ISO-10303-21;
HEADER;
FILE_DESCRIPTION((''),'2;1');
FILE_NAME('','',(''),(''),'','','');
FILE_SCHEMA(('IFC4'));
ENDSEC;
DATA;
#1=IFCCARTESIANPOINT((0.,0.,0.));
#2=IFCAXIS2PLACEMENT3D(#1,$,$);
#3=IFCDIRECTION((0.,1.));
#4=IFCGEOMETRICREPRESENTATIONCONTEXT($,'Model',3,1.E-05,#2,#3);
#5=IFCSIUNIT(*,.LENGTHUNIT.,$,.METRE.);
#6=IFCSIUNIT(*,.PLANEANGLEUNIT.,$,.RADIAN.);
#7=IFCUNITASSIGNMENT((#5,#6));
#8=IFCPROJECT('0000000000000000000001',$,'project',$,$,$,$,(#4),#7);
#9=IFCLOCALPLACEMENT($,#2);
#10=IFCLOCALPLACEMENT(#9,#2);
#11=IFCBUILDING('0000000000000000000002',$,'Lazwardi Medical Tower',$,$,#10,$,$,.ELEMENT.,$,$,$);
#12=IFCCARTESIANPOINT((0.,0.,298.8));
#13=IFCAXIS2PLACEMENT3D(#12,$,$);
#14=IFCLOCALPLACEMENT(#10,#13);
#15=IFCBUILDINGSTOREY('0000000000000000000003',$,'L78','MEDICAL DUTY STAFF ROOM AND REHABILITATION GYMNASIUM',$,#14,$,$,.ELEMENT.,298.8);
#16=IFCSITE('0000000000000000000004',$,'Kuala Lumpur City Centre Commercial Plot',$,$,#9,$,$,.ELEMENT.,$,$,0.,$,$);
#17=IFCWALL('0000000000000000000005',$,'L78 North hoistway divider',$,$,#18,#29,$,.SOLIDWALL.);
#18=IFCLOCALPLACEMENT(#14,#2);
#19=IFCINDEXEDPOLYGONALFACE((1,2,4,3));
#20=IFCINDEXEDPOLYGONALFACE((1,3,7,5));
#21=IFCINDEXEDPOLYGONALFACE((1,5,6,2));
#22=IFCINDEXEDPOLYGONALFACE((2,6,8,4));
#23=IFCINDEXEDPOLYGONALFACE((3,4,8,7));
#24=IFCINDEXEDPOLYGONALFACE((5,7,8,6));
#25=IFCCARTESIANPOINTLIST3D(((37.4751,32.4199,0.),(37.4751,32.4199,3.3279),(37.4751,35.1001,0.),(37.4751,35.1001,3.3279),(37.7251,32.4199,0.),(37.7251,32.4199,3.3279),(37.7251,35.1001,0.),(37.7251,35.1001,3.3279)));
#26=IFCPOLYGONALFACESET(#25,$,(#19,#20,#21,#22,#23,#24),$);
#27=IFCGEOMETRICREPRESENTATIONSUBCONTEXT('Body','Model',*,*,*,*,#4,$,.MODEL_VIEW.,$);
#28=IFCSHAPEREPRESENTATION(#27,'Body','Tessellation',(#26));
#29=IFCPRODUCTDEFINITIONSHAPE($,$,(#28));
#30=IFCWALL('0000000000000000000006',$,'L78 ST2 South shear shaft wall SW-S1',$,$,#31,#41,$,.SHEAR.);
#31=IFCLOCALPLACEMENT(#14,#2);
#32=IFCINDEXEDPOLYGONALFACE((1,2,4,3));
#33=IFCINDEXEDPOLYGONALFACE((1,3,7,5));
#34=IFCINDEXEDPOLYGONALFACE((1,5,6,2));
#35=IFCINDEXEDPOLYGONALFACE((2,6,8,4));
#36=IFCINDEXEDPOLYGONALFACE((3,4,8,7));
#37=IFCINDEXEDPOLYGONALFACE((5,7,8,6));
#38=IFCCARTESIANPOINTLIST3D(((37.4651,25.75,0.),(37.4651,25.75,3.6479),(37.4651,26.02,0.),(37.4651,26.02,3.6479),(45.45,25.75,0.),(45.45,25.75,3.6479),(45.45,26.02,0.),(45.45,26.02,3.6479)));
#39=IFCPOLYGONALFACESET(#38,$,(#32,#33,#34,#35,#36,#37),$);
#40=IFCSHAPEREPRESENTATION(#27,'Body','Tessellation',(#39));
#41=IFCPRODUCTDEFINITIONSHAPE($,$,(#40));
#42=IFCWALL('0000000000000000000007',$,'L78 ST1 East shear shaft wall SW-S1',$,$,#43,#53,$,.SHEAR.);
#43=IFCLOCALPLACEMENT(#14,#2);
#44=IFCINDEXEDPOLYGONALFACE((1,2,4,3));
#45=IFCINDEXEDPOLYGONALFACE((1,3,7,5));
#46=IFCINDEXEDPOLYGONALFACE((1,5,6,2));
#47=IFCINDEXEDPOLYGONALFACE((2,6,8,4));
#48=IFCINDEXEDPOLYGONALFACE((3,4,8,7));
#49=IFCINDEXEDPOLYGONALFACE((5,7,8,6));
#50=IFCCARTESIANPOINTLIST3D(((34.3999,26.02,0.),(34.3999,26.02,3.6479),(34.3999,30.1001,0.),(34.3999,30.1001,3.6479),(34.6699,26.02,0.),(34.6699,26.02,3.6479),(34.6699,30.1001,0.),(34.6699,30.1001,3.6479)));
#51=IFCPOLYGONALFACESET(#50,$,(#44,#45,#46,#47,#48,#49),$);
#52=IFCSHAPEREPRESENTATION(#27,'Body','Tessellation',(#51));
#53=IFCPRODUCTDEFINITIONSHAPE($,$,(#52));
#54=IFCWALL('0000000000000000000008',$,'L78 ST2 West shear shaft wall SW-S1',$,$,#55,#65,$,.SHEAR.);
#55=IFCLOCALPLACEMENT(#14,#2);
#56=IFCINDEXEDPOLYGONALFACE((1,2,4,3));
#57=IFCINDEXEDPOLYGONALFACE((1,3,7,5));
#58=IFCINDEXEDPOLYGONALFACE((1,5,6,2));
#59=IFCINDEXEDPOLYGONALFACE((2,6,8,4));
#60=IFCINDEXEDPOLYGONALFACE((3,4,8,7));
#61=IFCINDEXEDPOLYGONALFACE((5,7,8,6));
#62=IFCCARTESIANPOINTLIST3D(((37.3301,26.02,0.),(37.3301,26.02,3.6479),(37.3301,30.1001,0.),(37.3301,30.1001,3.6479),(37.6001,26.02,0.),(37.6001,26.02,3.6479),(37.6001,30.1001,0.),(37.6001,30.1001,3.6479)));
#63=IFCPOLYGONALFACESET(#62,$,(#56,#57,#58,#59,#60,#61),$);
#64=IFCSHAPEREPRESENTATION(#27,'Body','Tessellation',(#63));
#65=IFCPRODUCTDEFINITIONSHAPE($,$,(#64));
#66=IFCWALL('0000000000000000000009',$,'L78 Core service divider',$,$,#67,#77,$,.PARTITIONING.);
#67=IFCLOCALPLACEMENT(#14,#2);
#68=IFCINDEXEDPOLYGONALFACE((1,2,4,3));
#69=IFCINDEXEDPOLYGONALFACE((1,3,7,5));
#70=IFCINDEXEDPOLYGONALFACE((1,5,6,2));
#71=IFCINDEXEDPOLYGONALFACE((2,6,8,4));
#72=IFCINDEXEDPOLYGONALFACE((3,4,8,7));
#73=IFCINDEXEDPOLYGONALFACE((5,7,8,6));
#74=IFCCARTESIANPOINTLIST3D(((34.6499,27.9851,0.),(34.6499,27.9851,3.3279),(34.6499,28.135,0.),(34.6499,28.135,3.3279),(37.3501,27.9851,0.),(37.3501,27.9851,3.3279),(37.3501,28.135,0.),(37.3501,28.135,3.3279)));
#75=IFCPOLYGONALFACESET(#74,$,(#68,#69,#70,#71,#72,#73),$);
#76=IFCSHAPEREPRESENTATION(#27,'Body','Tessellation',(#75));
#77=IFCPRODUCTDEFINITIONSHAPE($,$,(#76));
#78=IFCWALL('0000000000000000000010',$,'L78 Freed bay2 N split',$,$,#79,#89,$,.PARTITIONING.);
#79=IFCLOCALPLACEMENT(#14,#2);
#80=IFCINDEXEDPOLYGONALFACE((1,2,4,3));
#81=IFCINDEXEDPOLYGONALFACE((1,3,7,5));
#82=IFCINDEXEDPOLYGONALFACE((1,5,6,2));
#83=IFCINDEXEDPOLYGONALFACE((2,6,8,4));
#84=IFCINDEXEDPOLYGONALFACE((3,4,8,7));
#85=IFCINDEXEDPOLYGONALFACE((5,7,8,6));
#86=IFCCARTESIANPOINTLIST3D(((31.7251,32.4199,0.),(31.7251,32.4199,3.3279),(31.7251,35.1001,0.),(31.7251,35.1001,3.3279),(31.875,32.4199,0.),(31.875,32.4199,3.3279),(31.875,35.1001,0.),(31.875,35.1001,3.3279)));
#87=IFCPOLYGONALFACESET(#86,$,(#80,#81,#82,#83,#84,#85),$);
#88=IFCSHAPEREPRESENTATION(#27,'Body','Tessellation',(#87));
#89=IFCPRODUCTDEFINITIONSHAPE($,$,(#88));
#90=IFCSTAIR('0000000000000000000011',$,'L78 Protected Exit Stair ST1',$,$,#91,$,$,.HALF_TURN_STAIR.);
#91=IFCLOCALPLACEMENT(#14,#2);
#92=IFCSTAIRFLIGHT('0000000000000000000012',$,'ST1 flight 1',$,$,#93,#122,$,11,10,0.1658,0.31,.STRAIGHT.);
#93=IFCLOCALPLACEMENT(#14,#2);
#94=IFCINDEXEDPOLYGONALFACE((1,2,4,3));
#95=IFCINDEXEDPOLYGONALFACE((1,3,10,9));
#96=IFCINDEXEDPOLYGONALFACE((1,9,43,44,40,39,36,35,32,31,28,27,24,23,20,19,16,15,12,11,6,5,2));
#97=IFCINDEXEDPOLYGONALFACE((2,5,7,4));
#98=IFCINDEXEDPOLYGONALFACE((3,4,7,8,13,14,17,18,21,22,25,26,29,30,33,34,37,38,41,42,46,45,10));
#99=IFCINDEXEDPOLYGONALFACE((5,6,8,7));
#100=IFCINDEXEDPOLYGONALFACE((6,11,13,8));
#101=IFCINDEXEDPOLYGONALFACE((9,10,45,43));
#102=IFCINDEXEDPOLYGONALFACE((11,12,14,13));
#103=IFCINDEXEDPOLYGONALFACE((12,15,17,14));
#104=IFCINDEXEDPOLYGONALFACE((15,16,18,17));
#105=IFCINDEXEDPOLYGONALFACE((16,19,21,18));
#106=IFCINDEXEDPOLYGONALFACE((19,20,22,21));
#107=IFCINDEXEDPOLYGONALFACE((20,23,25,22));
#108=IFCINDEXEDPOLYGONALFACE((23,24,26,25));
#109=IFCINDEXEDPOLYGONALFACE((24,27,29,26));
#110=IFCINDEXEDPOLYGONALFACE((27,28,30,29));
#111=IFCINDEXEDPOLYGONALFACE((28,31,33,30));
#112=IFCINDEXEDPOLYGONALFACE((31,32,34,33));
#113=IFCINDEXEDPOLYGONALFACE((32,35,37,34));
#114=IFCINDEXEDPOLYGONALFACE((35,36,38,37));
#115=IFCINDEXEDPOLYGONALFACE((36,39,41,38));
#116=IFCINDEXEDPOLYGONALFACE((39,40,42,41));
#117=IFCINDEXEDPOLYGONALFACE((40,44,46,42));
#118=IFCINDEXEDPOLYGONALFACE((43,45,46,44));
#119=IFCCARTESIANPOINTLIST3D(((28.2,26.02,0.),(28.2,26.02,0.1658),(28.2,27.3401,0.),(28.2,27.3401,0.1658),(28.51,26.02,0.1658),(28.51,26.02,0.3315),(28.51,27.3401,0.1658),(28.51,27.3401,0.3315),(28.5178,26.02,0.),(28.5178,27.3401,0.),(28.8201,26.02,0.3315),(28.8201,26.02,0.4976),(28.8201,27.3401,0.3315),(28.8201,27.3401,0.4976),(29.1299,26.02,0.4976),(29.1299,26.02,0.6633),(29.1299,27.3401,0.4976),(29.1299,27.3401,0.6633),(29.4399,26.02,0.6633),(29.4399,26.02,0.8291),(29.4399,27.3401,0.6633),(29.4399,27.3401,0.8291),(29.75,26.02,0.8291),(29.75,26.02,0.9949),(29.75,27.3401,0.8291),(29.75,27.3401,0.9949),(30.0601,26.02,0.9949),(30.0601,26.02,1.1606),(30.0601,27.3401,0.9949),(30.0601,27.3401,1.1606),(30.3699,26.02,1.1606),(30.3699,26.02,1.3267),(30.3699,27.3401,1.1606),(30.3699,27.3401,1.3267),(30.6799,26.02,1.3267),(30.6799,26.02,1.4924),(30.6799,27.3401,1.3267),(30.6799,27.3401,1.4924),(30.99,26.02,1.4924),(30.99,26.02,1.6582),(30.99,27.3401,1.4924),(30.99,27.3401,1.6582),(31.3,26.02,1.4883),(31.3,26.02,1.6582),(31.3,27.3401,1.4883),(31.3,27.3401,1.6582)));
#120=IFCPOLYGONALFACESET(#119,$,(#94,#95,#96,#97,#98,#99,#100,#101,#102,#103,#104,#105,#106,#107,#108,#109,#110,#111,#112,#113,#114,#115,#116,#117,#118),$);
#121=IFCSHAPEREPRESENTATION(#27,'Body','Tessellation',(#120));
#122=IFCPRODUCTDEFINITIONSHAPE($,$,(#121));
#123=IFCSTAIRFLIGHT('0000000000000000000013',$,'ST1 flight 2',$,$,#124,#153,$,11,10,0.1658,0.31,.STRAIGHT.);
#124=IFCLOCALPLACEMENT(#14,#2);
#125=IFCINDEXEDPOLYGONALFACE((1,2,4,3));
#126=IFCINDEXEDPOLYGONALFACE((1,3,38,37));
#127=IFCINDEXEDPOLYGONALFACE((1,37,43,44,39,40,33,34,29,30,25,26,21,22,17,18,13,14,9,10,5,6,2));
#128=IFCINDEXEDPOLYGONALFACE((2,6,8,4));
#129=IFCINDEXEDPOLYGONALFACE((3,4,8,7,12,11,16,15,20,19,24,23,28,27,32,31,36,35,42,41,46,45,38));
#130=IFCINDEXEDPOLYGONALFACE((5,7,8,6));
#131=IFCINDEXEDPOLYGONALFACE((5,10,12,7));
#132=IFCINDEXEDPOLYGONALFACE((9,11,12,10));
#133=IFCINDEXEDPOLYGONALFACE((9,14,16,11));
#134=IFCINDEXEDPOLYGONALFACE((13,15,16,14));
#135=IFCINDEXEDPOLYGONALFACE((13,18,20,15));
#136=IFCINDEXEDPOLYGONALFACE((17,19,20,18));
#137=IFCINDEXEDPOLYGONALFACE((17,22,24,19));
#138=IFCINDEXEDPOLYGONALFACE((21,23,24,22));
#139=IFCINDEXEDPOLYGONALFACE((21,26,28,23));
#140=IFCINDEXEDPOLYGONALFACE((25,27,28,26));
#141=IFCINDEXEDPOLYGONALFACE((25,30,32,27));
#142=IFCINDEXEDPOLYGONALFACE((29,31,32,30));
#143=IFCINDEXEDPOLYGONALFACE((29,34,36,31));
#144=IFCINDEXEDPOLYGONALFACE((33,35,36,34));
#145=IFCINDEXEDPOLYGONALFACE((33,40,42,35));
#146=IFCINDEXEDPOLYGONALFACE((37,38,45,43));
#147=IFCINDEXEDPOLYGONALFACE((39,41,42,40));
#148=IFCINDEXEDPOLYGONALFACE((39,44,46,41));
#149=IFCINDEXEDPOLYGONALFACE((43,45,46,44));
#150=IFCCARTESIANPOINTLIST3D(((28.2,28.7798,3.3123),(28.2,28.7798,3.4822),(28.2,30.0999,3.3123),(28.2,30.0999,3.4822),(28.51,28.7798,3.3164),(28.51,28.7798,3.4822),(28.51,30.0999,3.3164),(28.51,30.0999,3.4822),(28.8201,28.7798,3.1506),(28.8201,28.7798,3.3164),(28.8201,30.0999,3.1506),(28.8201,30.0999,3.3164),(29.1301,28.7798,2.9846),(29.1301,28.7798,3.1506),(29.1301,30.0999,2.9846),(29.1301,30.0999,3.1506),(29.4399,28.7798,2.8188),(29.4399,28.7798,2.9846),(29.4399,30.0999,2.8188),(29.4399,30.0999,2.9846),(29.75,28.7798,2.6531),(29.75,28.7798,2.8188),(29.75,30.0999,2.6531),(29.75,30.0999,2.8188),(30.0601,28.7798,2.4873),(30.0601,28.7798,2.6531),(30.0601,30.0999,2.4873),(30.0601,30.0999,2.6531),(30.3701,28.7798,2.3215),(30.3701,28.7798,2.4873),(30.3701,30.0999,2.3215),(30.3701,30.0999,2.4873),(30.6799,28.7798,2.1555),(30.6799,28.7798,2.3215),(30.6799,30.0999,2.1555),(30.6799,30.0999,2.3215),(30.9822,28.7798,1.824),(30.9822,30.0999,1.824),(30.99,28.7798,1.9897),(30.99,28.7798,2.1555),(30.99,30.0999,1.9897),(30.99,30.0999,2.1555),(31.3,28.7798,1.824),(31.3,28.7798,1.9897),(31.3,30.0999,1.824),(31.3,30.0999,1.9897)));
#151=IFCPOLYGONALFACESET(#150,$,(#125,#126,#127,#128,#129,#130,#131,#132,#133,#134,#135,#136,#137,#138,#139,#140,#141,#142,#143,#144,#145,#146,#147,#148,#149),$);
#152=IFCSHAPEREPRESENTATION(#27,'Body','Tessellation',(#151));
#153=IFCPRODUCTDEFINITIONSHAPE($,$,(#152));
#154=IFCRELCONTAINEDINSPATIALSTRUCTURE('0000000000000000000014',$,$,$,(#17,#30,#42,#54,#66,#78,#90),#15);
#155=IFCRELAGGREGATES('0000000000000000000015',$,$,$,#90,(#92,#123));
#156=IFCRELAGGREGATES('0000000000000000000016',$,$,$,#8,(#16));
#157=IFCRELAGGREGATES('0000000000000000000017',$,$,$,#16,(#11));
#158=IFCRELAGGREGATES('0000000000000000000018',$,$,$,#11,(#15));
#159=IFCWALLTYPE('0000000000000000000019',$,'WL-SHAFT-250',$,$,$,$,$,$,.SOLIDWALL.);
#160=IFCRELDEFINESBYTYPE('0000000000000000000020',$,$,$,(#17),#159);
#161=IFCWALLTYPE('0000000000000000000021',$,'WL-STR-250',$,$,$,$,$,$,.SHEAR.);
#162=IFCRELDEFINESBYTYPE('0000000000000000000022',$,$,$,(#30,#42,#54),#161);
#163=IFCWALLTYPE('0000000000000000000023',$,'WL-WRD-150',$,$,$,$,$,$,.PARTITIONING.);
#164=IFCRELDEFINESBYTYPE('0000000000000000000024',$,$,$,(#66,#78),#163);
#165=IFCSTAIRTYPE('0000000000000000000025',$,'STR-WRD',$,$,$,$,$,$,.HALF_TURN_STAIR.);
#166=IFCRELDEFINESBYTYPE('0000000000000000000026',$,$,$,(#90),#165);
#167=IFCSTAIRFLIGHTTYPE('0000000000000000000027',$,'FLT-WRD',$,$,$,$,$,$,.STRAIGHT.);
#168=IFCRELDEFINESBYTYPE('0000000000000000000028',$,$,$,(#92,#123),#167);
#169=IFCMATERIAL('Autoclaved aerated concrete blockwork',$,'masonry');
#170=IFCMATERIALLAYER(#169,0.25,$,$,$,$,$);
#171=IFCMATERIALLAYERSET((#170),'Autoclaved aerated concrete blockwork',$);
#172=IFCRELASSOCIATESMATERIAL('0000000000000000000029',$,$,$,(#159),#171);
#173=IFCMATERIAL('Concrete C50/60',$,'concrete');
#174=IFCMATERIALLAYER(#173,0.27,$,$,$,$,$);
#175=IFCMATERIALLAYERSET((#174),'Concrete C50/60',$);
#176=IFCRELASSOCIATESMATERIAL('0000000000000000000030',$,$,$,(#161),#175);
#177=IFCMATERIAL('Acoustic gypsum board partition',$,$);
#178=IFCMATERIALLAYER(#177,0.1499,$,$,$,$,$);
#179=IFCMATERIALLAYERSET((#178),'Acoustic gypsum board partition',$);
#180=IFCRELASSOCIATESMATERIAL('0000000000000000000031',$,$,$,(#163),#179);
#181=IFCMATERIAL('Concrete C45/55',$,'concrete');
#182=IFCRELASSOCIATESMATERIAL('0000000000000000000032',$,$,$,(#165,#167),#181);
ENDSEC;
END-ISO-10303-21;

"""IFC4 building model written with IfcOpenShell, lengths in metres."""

from ifc_helpers import new_model, si_unit, direction, frame, frame_2d, origin, place, context, subcontext, project, spatial, polyline, rectangle, outline, extrude, material, layer, layer_set, type_object, element, aggregate, save


model = new_model("IFC4")

# Units and contexts
model_context = context("Model", 3, precision=1e-05, world=origin(), true_north=direction((0.0, 1.0)))
body_context = subcontext(model_context, "Body", "Model", "MODEL_VIEW")
ifc_project = project(units=[si_unit("LENGTHUNIT", "METRE"), si_unit("PLANEANGLEUNIT", "RADIAN")], contexts=[model_context])

# Site, building, storey
site_placement = place(None, origin())
site = spatial("IfcSite", under=ifc_project, at=site_placement, Name="Kuala Lumpur City Centre Commercial Plot", CompositionType="ELEMENT", RefElevation=0.0)
building_placement = place(site_placement, origin())
building = spatial("IfcBuilding", under=site, at=building_placement, Name="Lazwardi Medical Tower", CompositionType="ELEMENT")
storey_placement = place(building_placement, frame((0.0, 0.0, 298.8)))
storey = spatial("IfcBuildingStorey", under=building, at=storey_placement, Name="L78", Description="MEDICAL DUTY STAFF ROOM AND REHABILITATION GYMNASIUM", CompositionType="ELEMENT", Elevation=298.8)

# Wall
ifc_material_1 = material(Name="Autoclaved aerated concrete blockwork", Category="masonry")
ifc_layer_1 = layer(ifc_material_1, 0.25)
ifc_layer_set_1 = layer_set([ifc_layer_1], Name="Autoclaved aerated concrete blockwork")
wall_type_1 = type_object("IfcWallType", Name="WL-SHAFT-250", PredefinedType="SOLIDWALL", material=ifc_layer_set_1)
wall_1_placement = place(storey_placement, frame((37.6001, 32.4199, 0.0), z_axis=(0.0, 0.0, 1.0), x_axis=(0.0, 1.0, 0.0)))
element("IfcWall", 1, at=wall_1_placement, inside=storey, type_object=wall_type_1, Name="L78 North hoistway divider", PredefinedType="SOLIDWALL", context=body_context, shape_type="SweptSolid", body=[
    extrude(rectangle(XDim=2.6802, YDim=0.25, at=frame_2d((1.3401, 0.0))), origin(), (0.0, 0.0, 1.0), 3.3279),
])

# Shared definitions
ifc_material_2 = material(Name="Concrete C50/60", Category="concrete")
ifc_layer_2 = layer(ifc_material_2, 0.27)
ifc_layer_set_2 = layer_set([ifc_layer_2], Name="Concrete C50/60")
wall_type_2 = type_object("IfcWallType", Name="WL-STR-250", PredefinedType="SHEAR", material=ifc_layer_set_2)

# Walls
wall_2_placement = place(storey_placement, frame((37.4651, 25.885, 0.0), z_axis=(0.0, 0.0, 1.0), x_axis=(1.0, 0.0, 0.0)))
element("IfcWall", 2, at=wall_2_placement, inside=storey, type_object=wall_type_2, Name="L78 ST2 South shear shaft wall SW-S1", PredefinedType="SHEAR", context=body_context, shape_type="SweptSolid", body=[
    extrude(rectangle(XDim=7.9849, YDim=0.27, at=frame_2d((3.9924, 0.0))), origin(), (0.0, 0.0, 1.0), 3.6479),
])
for number, where, z_axis, x_axis, name in (
    (3, (34.5349, 26.02, 0.0), (0.0, 0.0, 1.0), (0.0, 1.0, 0.0), "L78 ST1 East shear shaft wall SW-S1"),
    (4, (37.4651, 26.02, 0.0), (0.0, 0.0, 1.0), (0.0, 1.0, 0.0), "L78 ST2 West shear shaft wall SW-S1"),
):
    element("IfcWall", number, at=place(storey_placement, frame(where, z_axis=z_axis, x_axis=x_axis)), inside=storey, type_object=wall_type_2, Name=name, PredefinedType="SHEAR", context=body_context, shape_type="SweptSolid", body=[
        extrude(rectangle(XDim=4.0801, YDim=0.27, at=frame_2d((2.04, 0.0))), origin(), (0.0, 0.0, 1.0), 3.6479),
    ])
ifc_material_3 = material(Name="Acoustic gypsum board partition")
ifc_layer_3 = layer(ifc_material_3, 0.1499)
ifc_layer_set_3 = layer_set([ifc_layer_3], Name="Acoustic gypsum board partition")
wall_type_3 = type_object("IfcWallType", Name="WL-WRD-150", PredefinedType="PARTITIONING", material=ifc_layer_set_3)
wall_3_placement = place(storey_placement, frame((34.6499, 28.0601, 0.0), z_axis=(0.0, 0.0, 1.0), x_axis=(1.0, 0.0, 0.0)))
element("IfcWall", 5, at=wall_3_placement, inside=storey, type_object=wall_type_3, Name="L78 Core service divider", PredefinedType="PARTITIONING", context=body_context, shape_type="SweptSolid", body=[
    extrude(rectangle(XDim=2.7002, YDim=0.1499, at=frame_2d((1.3501, 0.0))), origin(), (0.0, 0.0, 1.0), 3.3279),
])
wall_4_placement = place(storey_placement, frame((31.8, 32.4199, 0.0), z_axis=(0.0, 0.0, 1.0), x_axis=(0.0, 1.0, 0.0)))
element("IfcWall", 6, at=wall_4_placement, inside=storey, type_object=wall_type_3, Name="L78 Freed bay2 N split", PredefinedType="PARTITIONING", context=body_context, shape_type="SweptSolid", body=[
    extrude(rectangle(XDim=2.6802, YDim=0.1499, at=frame_2d((1.3401, 0.0))), origin(), (0.0, 0.0, 1.0), 3.3279),
])

# Stair, stair flights
ifc_material_4 = material(Name="Concrete C45/55", Category="concrete")
stair_type = type_object("IfcStairType", Name="STR-WRD", PredefinedType="HALF_TURN_STAIR", material=ifc_material_4)
stair_placement = place(storey_placement, origin())
stair = element("IfcStair", 7, at=stair_placement, inside=storey, type_object=stair_type, Name="L78 Protected Exit Stair ST1", PredefinedType="HALF_TURN_STAIR")
stair_flight_type = type_object("IfcStairFlightType", Name="FLT-WRD", PredefinedType="STRAIGHT", material=ifc_material_4)
stair_flight_1_placement = place(storey_placement, frame((28.2, 26.6799, 0.0), z_axis=(0.0, 0.0, 1.0), x_axis=(1.0, 0.0, 0.0)))
stair_flight_1 = element("IfcStairFlight", 8, at=stair_flight_1_placement, type_object=stair_flight_type, Name="ST1 flight 1", NumberOfRisers=11, NumberOfTreads=10, PredefinedType="STRAIGHT", RiserHeight=0.1658, TreadLength=0.31, context=body_context, shape_type="SweptSolid", body=[
    extrude(outline(polyline([(0.0, 0.0), (0.0, 0.1658), (0.3101, 0.1658), (0.3101, 0.3315), (0.6201, 0.3315), (0.6201, 0.4976), (0.9299, 0.4976), (0.9299, 0.6633), (1.24, 0.6633), (1.24, 0.8291), (1.55, 0.8291), (1.55, 0.9949), (1.8601, 0.9949), (1.8601, 1.1606), (2.1699, 1.1606), (2.1699, 1.3267), (2.48, 1.3267), (2.48, 1.4924), (2.79, 1.4924), (2.79, 1.6582), (3.1001, 1.6582), (3.1001, 1.824), (3.1001, 1.4883), (0.3179, 0.0), (0.0, 0.0)])), frame((0.0, 0.6602, 0.0), z_axis=(0.0, -1.0, 0.0), x_axis=(1.0, 0.0, 0.0)), (0.0, 0.0, 1.0), 1.3201),
])
stair_flight_2_placement = place(storey_placement, frame((31.3, 29.4399, 1.824), z_axis=(0.0, 0.0, 1.0), x_axis=(-1.0, 0.0, 0.0)))
stair_flight_2 = element("IfcStairFlight", 9, at=stair_flight_2_placement, type_object=stair_flight_type, Name="ST1 flight 2", NumberOfRisers=11, NumberOfTreads=10, PredefinedType="STRAIGHT", RiserHeight=0.1658, TreadLength=0.31, context=body_context, shape_type="SweptSolid", body=[
    extrude(outline(polyline([(0.0, 0.0), (0.0, 0.1658), (0.3101, 0.1658), (0.3101, 0.3315), (0.6201, 0.3315), (0.6201, 0.4976), (0.9299, 0.4976), (0.9299, 0.6633), (1.24, 0.6633), (1.24, 0.8291), (1.55, 0.8291), (1.55, 0.9949), (1.8601, 0.9949), (1.8601, 1.1606), (2.1699, 1.1606), (2.1699, 1.3267), (2.48, 1.3267), (2.48, 1.4924), (2.79, 1.4924), (2.79, 1.6582), (3.1001, 1.6582), (3.1001, 1.824), (3.1001, 1.4883), (0.3179, 0.0), (0.0, 0.0)])), frame((0.0, 0.6602, 0.0), z_axis=(0.0, -1.0, 0.0), x_axis=(1.0, 0.0, 0.0)), (0.0, 0.0, 1.0), 1.3201),
])
aggregate(stair, [stair_flight_1, stair_flight_2])

save(model, "model.ifc")
